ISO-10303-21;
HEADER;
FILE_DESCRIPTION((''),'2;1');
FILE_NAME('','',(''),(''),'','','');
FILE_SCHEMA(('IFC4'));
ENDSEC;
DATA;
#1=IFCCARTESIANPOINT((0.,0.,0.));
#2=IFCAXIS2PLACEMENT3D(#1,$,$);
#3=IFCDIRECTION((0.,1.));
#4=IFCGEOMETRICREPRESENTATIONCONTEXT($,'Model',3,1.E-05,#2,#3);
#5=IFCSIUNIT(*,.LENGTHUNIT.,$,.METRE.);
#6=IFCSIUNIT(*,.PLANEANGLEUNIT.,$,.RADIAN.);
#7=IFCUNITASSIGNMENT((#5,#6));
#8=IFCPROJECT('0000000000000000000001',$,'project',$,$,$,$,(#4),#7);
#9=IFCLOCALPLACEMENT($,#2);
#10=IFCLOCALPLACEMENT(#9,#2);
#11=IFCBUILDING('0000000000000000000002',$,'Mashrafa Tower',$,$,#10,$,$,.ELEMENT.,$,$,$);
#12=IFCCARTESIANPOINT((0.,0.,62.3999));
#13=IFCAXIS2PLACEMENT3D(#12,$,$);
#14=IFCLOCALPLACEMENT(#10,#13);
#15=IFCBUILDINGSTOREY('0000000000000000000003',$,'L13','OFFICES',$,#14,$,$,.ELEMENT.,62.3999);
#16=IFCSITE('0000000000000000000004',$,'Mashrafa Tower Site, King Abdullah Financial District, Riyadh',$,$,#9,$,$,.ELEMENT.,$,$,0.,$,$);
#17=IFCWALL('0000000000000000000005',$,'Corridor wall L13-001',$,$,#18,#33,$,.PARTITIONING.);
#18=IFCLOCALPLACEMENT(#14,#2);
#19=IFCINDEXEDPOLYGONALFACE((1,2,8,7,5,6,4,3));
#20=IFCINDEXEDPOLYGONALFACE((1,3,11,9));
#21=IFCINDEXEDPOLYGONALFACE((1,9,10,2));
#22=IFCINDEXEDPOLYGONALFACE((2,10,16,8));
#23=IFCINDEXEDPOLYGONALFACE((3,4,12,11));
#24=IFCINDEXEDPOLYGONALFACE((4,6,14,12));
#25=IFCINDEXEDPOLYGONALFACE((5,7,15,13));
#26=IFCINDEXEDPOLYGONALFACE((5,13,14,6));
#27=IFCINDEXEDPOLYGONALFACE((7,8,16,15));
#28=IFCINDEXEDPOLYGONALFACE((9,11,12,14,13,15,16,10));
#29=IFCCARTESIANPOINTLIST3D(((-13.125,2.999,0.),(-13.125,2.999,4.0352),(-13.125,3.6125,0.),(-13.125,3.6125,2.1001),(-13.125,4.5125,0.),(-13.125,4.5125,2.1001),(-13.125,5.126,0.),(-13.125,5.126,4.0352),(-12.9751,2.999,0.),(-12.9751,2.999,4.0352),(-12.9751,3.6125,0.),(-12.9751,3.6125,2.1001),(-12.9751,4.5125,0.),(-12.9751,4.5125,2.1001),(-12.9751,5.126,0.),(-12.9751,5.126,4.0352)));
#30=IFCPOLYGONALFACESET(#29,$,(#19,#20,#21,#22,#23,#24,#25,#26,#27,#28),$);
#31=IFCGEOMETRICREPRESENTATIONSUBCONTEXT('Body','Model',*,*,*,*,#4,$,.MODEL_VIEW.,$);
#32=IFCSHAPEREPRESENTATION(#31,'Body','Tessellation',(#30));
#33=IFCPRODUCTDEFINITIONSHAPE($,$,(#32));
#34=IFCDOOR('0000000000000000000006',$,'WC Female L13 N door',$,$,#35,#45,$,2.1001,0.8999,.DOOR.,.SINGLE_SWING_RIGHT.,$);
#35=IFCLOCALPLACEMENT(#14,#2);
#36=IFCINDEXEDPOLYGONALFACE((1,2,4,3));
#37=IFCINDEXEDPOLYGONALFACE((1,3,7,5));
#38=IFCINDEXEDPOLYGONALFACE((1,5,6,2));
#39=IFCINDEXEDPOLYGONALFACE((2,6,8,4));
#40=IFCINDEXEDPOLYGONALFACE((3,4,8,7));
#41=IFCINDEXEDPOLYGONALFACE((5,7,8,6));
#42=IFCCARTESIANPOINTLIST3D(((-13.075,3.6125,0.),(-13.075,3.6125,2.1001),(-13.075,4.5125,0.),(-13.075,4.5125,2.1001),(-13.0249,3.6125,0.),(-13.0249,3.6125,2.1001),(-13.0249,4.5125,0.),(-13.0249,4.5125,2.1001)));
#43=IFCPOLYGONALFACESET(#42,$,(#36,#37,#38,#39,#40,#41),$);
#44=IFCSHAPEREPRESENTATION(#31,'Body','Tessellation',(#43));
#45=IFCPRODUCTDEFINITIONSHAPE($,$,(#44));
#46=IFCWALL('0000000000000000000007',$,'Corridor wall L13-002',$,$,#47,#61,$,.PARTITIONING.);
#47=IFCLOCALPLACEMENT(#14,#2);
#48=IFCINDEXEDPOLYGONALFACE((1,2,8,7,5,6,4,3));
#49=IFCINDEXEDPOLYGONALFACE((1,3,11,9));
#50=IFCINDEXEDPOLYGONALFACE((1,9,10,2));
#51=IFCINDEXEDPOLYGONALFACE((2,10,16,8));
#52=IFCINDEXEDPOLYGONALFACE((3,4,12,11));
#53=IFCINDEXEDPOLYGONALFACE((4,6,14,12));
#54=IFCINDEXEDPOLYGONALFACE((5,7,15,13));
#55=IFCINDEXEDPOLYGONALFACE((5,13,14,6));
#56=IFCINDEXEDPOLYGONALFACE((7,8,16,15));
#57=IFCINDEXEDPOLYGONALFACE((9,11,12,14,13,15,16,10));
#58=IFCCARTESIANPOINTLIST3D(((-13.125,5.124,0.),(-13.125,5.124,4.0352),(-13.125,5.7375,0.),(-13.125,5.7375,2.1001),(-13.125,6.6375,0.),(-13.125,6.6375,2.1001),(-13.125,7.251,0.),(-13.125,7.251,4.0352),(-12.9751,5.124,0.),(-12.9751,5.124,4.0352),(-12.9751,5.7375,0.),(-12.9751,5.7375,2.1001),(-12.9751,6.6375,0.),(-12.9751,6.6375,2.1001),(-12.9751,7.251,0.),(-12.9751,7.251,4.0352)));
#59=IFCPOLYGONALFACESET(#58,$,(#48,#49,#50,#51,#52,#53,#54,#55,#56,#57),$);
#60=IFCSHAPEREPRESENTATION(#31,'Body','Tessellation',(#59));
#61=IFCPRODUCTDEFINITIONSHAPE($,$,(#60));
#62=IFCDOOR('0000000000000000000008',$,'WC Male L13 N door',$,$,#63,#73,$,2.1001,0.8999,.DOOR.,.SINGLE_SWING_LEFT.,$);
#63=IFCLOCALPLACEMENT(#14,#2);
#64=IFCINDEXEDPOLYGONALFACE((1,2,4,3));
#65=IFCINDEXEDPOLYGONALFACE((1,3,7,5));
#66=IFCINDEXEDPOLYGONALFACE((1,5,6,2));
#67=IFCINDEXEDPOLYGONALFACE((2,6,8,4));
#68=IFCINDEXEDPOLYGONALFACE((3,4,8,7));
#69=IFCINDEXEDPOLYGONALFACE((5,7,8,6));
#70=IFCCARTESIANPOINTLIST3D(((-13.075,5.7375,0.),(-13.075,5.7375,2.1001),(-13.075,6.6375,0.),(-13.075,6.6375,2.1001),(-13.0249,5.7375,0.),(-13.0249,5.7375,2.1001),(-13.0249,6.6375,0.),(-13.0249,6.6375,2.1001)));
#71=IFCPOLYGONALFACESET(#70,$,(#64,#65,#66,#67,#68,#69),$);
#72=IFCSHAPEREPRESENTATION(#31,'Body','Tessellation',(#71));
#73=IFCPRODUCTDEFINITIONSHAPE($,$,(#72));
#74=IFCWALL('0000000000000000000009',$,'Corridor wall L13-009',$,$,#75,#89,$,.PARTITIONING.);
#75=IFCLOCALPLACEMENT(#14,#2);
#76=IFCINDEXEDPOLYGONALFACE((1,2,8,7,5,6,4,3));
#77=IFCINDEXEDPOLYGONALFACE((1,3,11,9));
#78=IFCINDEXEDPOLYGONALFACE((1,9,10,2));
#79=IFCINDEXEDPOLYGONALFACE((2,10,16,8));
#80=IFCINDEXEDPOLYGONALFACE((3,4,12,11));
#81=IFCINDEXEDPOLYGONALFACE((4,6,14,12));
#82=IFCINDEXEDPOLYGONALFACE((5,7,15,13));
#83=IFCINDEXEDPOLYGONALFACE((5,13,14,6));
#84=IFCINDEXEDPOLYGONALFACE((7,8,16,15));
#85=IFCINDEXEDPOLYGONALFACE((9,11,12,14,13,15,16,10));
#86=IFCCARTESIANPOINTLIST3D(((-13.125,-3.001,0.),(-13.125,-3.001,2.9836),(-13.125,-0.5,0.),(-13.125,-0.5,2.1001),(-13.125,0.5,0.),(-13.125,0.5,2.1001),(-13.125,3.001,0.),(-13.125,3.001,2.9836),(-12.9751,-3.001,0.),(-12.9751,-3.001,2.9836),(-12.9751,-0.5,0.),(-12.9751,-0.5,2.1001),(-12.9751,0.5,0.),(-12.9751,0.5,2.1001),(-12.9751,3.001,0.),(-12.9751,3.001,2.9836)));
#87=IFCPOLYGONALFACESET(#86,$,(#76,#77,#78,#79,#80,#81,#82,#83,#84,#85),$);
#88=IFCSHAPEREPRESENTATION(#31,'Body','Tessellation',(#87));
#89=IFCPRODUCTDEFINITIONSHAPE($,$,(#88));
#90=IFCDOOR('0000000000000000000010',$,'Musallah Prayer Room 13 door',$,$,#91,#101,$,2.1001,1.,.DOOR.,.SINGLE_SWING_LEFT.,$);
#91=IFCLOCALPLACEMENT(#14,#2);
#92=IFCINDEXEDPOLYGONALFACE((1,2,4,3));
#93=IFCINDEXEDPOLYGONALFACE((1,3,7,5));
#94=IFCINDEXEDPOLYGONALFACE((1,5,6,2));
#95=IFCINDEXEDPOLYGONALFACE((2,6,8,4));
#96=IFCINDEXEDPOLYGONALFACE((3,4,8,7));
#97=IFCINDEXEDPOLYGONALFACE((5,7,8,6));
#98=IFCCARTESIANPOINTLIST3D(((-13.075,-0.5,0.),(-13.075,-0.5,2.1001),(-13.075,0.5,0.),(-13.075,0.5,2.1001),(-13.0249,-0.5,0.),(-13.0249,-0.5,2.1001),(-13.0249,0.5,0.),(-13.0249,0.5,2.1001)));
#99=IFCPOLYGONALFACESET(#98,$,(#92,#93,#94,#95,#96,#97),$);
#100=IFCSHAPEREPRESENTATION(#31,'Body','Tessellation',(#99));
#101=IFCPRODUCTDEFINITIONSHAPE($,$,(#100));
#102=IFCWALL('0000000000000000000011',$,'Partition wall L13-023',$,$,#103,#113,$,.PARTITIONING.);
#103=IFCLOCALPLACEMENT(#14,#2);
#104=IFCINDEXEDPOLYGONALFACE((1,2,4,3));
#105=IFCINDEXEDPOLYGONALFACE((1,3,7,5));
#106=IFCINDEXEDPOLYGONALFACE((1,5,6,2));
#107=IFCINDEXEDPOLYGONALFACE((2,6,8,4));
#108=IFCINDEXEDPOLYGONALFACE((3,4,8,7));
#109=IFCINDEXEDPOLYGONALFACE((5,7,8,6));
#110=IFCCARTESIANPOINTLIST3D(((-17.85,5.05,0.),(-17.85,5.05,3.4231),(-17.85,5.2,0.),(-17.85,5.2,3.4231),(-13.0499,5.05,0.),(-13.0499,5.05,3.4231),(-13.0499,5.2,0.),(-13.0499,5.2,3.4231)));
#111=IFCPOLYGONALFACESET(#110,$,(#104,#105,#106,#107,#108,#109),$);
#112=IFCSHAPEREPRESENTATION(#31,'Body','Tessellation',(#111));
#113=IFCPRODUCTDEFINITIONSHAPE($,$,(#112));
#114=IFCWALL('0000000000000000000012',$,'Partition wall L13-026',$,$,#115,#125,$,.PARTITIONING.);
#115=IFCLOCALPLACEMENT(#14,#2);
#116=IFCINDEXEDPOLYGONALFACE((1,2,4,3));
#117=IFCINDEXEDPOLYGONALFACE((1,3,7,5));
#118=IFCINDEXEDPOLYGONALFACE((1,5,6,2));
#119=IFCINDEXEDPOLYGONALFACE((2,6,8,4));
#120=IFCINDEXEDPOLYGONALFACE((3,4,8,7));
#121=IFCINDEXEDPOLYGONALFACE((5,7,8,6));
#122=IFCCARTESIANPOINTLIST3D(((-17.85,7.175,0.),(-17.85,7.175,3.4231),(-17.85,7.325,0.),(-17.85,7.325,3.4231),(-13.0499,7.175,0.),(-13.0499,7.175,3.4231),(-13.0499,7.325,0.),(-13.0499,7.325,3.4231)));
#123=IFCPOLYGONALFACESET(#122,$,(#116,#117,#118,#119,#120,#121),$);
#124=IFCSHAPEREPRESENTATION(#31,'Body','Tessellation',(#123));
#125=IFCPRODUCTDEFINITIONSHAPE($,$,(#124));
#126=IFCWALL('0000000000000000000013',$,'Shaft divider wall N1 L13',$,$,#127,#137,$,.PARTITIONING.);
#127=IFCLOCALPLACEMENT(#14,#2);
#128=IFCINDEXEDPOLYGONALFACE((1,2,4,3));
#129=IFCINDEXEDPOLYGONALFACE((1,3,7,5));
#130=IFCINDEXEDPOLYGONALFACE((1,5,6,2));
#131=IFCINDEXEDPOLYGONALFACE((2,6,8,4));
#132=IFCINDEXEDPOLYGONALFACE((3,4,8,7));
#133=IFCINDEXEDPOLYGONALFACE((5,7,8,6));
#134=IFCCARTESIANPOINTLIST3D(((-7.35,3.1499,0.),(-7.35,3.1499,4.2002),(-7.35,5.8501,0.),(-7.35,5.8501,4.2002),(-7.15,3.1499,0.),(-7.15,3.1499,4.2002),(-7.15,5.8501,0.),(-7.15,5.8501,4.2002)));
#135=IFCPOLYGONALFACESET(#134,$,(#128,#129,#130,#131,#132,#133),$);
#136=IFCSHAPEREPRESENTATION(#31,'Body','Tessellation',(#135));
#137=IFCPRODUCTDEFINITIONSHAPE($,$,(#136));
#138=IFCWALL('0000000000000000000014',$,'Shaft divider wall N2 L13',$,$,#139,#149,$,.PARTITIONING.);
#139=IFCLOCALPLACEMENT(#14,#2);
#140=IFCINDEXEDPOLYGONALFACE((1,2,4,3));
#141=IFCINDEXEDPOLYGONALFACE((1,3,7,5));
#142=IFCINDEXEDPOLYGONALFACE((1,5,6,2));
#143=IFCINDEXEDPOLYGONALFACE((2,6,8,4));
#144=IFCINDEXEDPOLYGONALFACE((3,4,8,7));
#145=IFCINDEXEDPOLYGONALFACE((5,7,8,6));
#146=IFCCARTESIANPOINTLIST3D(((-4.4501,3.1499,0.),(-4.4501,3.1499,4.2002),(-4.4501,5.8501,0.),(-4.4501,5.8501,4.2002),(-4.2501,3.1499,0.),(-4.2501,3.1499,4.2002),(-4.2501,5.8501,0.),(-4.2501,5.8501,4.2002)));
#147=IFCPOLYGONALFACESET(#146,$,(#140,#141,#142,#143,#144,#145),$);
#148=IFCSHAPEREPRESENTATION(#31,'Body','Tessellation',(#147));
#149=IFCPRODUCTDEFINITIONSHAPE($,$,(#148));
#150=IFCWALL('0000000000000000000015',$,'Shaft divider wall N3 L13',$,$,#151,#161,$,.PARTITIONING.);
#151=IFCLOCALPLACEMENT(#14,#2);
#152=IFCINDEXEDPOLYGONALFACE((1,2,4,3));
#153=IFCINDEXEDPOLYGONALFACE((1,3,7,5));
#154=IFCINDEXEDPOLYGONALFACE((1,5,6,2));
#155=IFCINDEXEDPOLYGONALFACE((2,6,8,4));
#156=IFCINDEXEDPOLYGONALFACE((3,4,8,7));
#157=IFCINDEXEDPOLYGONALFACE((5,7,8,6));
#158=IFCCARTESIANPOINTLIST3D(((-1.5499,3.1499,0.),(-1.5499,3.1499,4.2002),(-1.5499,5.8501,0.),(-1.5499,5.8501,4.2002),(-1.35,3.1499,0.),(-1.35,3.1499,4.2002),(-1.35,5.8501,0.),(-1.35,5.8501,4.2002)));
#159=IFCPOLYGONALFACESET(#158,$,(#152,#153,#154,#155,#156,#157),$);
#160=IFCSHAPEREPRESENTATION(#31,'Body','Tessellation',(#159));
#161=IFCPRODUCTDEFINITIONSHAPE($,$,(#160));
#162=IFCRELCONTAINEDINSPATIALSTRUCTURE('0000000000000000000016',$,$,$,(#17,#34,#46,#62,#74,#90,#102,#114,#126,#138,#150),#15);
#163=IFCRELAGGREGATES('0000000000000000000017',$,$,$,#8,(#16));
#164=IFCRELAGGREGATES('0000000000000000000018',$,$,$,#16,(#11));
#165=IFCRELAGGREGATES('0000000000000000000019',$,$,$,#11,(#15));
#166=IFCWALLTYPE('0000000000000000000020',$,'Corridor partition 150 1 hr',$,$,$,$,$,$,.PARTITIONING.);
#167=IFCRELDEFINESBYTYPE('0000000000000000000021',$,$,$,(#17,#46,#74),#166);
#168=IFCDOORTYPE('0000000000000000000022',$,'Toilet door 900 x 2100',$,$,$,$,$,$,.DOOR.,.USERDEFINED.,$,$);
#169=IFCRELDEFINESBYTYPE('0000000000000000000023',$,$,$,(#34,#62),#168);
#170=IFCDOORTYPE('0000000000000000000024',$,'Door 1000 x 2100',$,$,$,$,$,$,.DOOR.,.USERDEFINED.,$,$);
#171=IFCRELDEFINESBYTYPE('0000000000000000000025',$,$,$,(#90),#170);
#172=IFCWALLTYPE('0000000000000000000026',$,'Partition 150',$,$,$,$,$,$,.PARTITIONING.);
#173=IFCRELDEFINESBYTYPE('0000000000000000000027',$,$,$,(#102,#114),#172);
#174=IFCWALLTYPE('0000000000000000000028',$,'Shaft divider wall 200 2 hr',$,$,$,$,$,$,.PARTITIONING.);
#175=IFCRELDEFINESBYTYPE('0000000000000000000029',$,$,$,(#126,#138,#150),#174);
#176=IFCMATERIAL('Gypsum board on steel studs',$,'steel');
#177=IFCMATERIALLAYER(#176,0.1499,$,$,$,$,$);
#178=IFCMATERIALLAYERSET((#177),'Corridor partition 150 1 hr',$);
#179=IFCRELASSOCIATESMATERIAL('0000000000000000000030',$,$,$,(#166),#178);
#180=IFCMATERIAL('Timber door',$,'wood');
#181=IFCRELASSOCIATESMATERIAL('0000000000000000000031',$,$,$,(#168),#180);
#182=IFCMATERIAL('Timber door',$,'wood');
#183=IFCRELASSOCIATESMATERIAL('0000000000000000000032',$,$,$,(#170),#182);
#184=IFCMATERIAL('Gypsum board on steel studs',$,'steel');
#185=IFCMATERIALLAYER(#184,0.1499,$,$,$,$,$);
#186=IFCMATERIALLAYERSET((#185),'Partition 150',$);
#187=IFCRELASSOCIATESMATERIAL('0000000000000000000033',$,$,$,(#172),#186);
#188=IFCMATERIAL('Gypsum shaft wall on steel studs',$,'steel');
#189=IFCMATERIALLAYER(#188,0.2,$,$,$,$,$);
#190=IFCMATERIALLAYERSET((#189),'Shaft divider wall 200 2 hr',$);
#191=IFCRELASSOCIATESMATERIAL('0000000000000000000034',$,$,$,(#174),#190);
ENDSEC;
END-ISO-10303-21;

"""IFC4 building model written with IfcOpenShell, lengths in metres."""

from ifc_helpers import new_model, si_unit, direction, frame, frame_2d, origin, place, context, subcontext, project, spatial, rectangle, extrude, material, layer, layer_set, type_object, element, fill, save


model = new_model("IFC4")

# Units and contexts
model_context = context("Model", 3, precision=1e-05, world=origin(), true_north=direction((0.0, 1.0)))
body_context = subcontext(model_context, "Body", "Model", "MODEL_VIEW")
ifc_project = project(units=[si_unit("LENGTHUNIT", "METRE"), si_unit("PLANEANGLEUNIT", "RADIAN")], contexts=[model_context])

# Site, building, storey
site_placement = place(None, origin())
site = spatial("IfcSite", under=ifc_project, at=site_placement, Name="Mashrafa Tower Site, King Abdullah Financial District, Riyadh", CompositionType="ELEMENT", RefElevation=0.0)
building_placement = place(site_placement, origin())
building = spatial("IfcBuilding", under=site, at=building_placement, Name="Mashrafa Tower", CompositionType="ELEMENT")
storey_placement = place(building_placement, frame((0.0, 0.0, 62.3999)))
storey = spatial("IfcBuildingStorey", under=building, at=storey_placement, Name="L13", Description="OFFICES", CompositionType="ELEMENT", Elevation=62.3999)

# Walls, openings, doors
ifc_material_1 = material(Name="Gypsum board on steel studs", Category="steel")
ifc_layer_1 = layer(ifc_material_1, 0.1499)
ifc_layer_set_1 = layer_set([ifc_layer_1], Name="Corridor partition 150 1 hr")
wall_type_1 = type_object("IfcWallType", Name="Corridor partition 150 1 hr", PredefinedType="PARTITIONING", material=ifc_layer_set_1)
wall_1_placement = place(storey_placement, frame((-13.05, 5.126, 0.0), z_axis=(0.0, 0.0, 1.0), x_axis=(0.0, -1.0, 0.0)))
wall_1 = element("IfcWall", 1, at=wall_1_placement, inside=storey, type_object=wall_type_1, Name="Corridor wall L13-001", PredefinedType="PARTITIONING", context=body_context, shape_type="SweptSolid", body=[
    extrude(rectangle(XDim=2.127, YDim=0.1499, at=frame_2d((1.0635, 0.0))), origin(), (0.0, 0.0, 1.0), 4.0352),
])
opening_1_placement = place(wall_1_placement, frame((0.6135, 0.0, 0.0)))
opening_1 = element("IfcOpeningElement", 2, at=opening_1_placement, cuts=wall_1, PredefinedType="OPENING", context=body_context, shape_type="SweptSolid", body=[
    extrude(rectangle(XDim=0.8999, YDim=2.1001, at=frame_2d((0.45, 1.05))), frame((0.0, 0.085, 0.0), z_axis=(0.0, -1.0, 0.0), x_axis=(1.0, 0.0, 0.0)), (0.0, 0.0, 1.0), 0.1699),
])
ifc_material_2 = material(Name="Timber door", Category="wood")
door_type_1 = type_object("IfcDoorType", Name="Toilet door 900 x 2100", OperationType="USERDEFINED", PredefinedType="DOOR", material=ifc_material_2)
door_1_placement = place(opening_1_placement, frame((0.8999, 0.0, 0.0), z_axis=(0.0, 0.0, 1.0), x_axis=(-1.0, 0.0, 0.0)))
door_1 = element("IfcDoor", 3, at=door_1_placement, inside=storey, type_object=door_type_1, Name="WC Female L13 N door", OperationType="SINGLE_SWING_RIGHT", OverallHeight=2.1001, OverallWidth=0.8999, PredefinedType="DOOR", context=body_context, shape_type="SweptSolid", body=[
    extrude(rectangle(XDim=0.8999, YDim=2.1001, at=frame_2d((0.45, 1.05))), frame((0.0, 0.0249, 0.0), z_axis=(0.0, -1.0, 0.0), x_axis=(1.0, 0.0, 0.0)), (0.0, 0.0, 1.0), 0.05),
])
fill(opening_1, door_1)
wall_2_placement = place(storey_placement, frame((-13.05, 7.251, 0.0), z_axis=(0.0, 0.0, 1.0), x_axis=(0.0, -1.0, 0.0)))
wall_2 = element("IfcWall", 4, at=wall_2_placement, inside=storey, type_object=wall_type_1, Name="Corridor wall L13-002", PredefinedType="PARTITIONING", context=body_context, shape_type="SweptSolid", body=[
    extrude(rectangle(XDim=2.127, YDim=0.1499, at=frame_2d((1.0635, 0.0))), origin(), (0.0, 0.0, 1.0), 4.0352),
])
opening_2_placement = place(wall_2_placement, frame((0.6135, 0.0, 0.0)))
opening_2 = element("IfcOpeningElement", 5, at=opening_2_placement, cuts=wall_2, PredefinedType="OPENING", context=body_context, shape_type="SweptSolid", body=[
    extrude(rectangle(XDim=0.8999, YDim=2.1001, at=frame_2d((0.45, 1.05))), frame((0.0, 0.085, 0.0), z_axis=(0.0, -1.0, 0.0), x_axis=(1.0, 0.0, 0.0)), (0.0, 0.0, 1.0), 0.1699),
])
door_2_placement = place(opening_2_placement, frame((0.8999, 0.0, 0.0), z_axis=(0.0, 0.0, 1.0), x_axis=(-1.0, 0.0, 0.0)))
door_2 = element("IfcDoor", 6, at=door_2_placement, inside=storey, type_object=door_type_1, Name="WC Male L13 N door", OperationType="SINGLE_SWING_LEFT", OverallHeight=2.1001, OverallWidth=0.8999, PredefinedType="DOOR", context=body_context, shape_type="SweptSolid", body=[
    extrude(rectangle(XDim=0.8999, YDim=2.1001, at=frame_2d((0.45, 1.05))), frame((0.0, 0.0249, 0.0), z_axis=(0.0, -1.0, 0.0), x_axis=(1.0, 0.0, 0.0)), (0.0, 0.0, 1.0), 0.05),
])
fill(opening_2, door_2)
wall_3_placement = place(storey_placement, frame((-13.05, 3.001, 0.0), z_axis=(0.0, 0.0, 1.0), x_axis=(0.0, -1.0, 0.0)))
wall_3 = element("IfcWall", 7, at=wall_3_placement, inside=storey, type_object=wall_type_1, Name="Corridor wall L13-009", PredefinedType="PARTITIONING", context=body_context, shape_type="SweptSolid", body=[
    extrude(rectangle(XDim=6.002, YDim=0.1499, at=frame_2d((3.001, 0.0))), origin(), (0.0, 0.0, 1.0), 2.9836),
])
opening_3_placement = place(wall_3_placement, frame((2.501, 0.0, 0.0)))
opening_3 = element("IfcOpeningElement", 8, at=opening_3_placement, cuts=wall_3, PredefinedType="OPENING", context=body_context, shape_type="SweptSolid", body=[
    extrude(rectangle(XDim=1.0, YDim=2.1001, at=frame_2d((0.5, 1.05))), frame((0.0, 0.085, 0.0), z_axis=(0.0, -1.0, 0.0), x_axis=(1.0, 0.0, 0.0)), (0.0, 0.0, 1.0), 0.1699),
])
ifc_material_3 = material(Name="Timber door", Category="wood")
door_type_2 = type_object("IfcDoorType", Name="Door 1000 x 2100", OperationType="USERDEFINED", PredefinedType="DOOR", material=ifc_material_3)
door_3_placement = place(opening_3_placement, frame((1.0, 0.0, 0.0), z_axis=(0.0, 0.0, 1.0), x_axis=(-1.0, 0.0, 0.0)))
door_3 = element("IfcDoor", 9, at=door_3_placement, inside=storey, type_object=door_type_2, Name="Musallah Prayer Room 13 door", OperationType="SINGLE_SWING_LEFT", OverallHeight=2.1001, OverallWidth=1.0, PredefinedType="DOOR", context=body_context, shape_type="SweptSolid", body=[
    extrude(rectangle(XDim=1.0, YDim=2.1001, at=frame_2d((0.5, 1.05))), frame((0.0, 0.0249, 0.0), z_axis=(0.0, -1.0, 0.0), x_axis=(1.0, 0.0, 0.0)), (0.0, 0.0, 1.0), 0.05),
])
fill(opening_3, door_3)

# Walls
ifc_material_4 = material(Name="Gypsum board on steel studs", Category="steel")
ifc_layer_2 = layer(ifc_material_4, 0.1499)
ifc_layer_set_2 = layer_set([ifc_layer_2], Name="Partition 150")
wall_type_2 = type_object("IfcWallType", Name="Partition 150", PredefinedType="PARTITIONING", material=ifc_layer_set_2)
for number, where, z_axis, x_axis, name in (
    (10, (-13.05, 5.125, 0.0), (0.0, 0.0, 1.0), (-1.0, 0.0, 0.0), "Partition wall L13-023"),
    (11, (-13.05, 7.25, 0.0), (0.0, 0.0, 1.0), (-1.0, 0.0, 0.0), "Partition wall L13-026"),
):
    element("IfcWall", number, at=place(storey_placement, frame(where, z_axis=z_axis, x_axis=x_axis)), inside=storey, type_object=wall_type_2, Name=name, PredefinedType="PARTITIONING", context=body_context, shape_type="SweptSolid", body=[
        extrude(rectangle(XDim=4.8, YDim=0.1499, at=frame_2d((2.3999, 0.0))), origin(), (0.0, 0.0, 1.0), 3.4231),
    ])
ifc_material_5 = material(Name="Gypsum shaft wall on steel studs", Category="steel")
ifc_layer_3 = layer(ifc_material_5, 0.2)
ifc_layer_set_3 = layer_set([ifc_layer_3], Name="Shaft divider wall 200 2 hr")
wall_type_3 = type_object("IfcWallType", Name="Shaft divider wall 200 2 hr", PredefinedType="PARTITIONING", material=ifc_layer_set_3)
for number, where, z_axis, x_axis, name in (
    (12, (-7.25, 3.1499, 0.0), (0.0, 0.0, 1.0), (0.0, 1.0, 0.0), "Shaft divider wall N1 L13"),
    (13, (-4.3501, 3.1499, 0.0), (0.0, 0.0, 1.0), (0.0, 1.0, 0.0), "Shaft divider wall N2 L13"),
    (14, (-1.45, 3.1499, 0.0), (0.0, 0.0, 1.0), (0.0, 1.0, 0.0), "Shaft divider wall N3 L13"),
):
    element("IfcWall", number, at=place(storey_placement, frame(where, z_axis=z_axis, x_axis=x_axis)), inside=storey, type_object=wall_type_3, Name=name, PredefinedType="PARTITIONING", context=body_context, shape_type="SweptSolid", body=[
        extrude(rectangle(XDim=2.7002, YDim=0.2, at=frame_2d((1.3501, 0.0))), origin(), (0.0, 0.0, 1.0), 4.2002),
    ])

save(model, "model.ifc")
